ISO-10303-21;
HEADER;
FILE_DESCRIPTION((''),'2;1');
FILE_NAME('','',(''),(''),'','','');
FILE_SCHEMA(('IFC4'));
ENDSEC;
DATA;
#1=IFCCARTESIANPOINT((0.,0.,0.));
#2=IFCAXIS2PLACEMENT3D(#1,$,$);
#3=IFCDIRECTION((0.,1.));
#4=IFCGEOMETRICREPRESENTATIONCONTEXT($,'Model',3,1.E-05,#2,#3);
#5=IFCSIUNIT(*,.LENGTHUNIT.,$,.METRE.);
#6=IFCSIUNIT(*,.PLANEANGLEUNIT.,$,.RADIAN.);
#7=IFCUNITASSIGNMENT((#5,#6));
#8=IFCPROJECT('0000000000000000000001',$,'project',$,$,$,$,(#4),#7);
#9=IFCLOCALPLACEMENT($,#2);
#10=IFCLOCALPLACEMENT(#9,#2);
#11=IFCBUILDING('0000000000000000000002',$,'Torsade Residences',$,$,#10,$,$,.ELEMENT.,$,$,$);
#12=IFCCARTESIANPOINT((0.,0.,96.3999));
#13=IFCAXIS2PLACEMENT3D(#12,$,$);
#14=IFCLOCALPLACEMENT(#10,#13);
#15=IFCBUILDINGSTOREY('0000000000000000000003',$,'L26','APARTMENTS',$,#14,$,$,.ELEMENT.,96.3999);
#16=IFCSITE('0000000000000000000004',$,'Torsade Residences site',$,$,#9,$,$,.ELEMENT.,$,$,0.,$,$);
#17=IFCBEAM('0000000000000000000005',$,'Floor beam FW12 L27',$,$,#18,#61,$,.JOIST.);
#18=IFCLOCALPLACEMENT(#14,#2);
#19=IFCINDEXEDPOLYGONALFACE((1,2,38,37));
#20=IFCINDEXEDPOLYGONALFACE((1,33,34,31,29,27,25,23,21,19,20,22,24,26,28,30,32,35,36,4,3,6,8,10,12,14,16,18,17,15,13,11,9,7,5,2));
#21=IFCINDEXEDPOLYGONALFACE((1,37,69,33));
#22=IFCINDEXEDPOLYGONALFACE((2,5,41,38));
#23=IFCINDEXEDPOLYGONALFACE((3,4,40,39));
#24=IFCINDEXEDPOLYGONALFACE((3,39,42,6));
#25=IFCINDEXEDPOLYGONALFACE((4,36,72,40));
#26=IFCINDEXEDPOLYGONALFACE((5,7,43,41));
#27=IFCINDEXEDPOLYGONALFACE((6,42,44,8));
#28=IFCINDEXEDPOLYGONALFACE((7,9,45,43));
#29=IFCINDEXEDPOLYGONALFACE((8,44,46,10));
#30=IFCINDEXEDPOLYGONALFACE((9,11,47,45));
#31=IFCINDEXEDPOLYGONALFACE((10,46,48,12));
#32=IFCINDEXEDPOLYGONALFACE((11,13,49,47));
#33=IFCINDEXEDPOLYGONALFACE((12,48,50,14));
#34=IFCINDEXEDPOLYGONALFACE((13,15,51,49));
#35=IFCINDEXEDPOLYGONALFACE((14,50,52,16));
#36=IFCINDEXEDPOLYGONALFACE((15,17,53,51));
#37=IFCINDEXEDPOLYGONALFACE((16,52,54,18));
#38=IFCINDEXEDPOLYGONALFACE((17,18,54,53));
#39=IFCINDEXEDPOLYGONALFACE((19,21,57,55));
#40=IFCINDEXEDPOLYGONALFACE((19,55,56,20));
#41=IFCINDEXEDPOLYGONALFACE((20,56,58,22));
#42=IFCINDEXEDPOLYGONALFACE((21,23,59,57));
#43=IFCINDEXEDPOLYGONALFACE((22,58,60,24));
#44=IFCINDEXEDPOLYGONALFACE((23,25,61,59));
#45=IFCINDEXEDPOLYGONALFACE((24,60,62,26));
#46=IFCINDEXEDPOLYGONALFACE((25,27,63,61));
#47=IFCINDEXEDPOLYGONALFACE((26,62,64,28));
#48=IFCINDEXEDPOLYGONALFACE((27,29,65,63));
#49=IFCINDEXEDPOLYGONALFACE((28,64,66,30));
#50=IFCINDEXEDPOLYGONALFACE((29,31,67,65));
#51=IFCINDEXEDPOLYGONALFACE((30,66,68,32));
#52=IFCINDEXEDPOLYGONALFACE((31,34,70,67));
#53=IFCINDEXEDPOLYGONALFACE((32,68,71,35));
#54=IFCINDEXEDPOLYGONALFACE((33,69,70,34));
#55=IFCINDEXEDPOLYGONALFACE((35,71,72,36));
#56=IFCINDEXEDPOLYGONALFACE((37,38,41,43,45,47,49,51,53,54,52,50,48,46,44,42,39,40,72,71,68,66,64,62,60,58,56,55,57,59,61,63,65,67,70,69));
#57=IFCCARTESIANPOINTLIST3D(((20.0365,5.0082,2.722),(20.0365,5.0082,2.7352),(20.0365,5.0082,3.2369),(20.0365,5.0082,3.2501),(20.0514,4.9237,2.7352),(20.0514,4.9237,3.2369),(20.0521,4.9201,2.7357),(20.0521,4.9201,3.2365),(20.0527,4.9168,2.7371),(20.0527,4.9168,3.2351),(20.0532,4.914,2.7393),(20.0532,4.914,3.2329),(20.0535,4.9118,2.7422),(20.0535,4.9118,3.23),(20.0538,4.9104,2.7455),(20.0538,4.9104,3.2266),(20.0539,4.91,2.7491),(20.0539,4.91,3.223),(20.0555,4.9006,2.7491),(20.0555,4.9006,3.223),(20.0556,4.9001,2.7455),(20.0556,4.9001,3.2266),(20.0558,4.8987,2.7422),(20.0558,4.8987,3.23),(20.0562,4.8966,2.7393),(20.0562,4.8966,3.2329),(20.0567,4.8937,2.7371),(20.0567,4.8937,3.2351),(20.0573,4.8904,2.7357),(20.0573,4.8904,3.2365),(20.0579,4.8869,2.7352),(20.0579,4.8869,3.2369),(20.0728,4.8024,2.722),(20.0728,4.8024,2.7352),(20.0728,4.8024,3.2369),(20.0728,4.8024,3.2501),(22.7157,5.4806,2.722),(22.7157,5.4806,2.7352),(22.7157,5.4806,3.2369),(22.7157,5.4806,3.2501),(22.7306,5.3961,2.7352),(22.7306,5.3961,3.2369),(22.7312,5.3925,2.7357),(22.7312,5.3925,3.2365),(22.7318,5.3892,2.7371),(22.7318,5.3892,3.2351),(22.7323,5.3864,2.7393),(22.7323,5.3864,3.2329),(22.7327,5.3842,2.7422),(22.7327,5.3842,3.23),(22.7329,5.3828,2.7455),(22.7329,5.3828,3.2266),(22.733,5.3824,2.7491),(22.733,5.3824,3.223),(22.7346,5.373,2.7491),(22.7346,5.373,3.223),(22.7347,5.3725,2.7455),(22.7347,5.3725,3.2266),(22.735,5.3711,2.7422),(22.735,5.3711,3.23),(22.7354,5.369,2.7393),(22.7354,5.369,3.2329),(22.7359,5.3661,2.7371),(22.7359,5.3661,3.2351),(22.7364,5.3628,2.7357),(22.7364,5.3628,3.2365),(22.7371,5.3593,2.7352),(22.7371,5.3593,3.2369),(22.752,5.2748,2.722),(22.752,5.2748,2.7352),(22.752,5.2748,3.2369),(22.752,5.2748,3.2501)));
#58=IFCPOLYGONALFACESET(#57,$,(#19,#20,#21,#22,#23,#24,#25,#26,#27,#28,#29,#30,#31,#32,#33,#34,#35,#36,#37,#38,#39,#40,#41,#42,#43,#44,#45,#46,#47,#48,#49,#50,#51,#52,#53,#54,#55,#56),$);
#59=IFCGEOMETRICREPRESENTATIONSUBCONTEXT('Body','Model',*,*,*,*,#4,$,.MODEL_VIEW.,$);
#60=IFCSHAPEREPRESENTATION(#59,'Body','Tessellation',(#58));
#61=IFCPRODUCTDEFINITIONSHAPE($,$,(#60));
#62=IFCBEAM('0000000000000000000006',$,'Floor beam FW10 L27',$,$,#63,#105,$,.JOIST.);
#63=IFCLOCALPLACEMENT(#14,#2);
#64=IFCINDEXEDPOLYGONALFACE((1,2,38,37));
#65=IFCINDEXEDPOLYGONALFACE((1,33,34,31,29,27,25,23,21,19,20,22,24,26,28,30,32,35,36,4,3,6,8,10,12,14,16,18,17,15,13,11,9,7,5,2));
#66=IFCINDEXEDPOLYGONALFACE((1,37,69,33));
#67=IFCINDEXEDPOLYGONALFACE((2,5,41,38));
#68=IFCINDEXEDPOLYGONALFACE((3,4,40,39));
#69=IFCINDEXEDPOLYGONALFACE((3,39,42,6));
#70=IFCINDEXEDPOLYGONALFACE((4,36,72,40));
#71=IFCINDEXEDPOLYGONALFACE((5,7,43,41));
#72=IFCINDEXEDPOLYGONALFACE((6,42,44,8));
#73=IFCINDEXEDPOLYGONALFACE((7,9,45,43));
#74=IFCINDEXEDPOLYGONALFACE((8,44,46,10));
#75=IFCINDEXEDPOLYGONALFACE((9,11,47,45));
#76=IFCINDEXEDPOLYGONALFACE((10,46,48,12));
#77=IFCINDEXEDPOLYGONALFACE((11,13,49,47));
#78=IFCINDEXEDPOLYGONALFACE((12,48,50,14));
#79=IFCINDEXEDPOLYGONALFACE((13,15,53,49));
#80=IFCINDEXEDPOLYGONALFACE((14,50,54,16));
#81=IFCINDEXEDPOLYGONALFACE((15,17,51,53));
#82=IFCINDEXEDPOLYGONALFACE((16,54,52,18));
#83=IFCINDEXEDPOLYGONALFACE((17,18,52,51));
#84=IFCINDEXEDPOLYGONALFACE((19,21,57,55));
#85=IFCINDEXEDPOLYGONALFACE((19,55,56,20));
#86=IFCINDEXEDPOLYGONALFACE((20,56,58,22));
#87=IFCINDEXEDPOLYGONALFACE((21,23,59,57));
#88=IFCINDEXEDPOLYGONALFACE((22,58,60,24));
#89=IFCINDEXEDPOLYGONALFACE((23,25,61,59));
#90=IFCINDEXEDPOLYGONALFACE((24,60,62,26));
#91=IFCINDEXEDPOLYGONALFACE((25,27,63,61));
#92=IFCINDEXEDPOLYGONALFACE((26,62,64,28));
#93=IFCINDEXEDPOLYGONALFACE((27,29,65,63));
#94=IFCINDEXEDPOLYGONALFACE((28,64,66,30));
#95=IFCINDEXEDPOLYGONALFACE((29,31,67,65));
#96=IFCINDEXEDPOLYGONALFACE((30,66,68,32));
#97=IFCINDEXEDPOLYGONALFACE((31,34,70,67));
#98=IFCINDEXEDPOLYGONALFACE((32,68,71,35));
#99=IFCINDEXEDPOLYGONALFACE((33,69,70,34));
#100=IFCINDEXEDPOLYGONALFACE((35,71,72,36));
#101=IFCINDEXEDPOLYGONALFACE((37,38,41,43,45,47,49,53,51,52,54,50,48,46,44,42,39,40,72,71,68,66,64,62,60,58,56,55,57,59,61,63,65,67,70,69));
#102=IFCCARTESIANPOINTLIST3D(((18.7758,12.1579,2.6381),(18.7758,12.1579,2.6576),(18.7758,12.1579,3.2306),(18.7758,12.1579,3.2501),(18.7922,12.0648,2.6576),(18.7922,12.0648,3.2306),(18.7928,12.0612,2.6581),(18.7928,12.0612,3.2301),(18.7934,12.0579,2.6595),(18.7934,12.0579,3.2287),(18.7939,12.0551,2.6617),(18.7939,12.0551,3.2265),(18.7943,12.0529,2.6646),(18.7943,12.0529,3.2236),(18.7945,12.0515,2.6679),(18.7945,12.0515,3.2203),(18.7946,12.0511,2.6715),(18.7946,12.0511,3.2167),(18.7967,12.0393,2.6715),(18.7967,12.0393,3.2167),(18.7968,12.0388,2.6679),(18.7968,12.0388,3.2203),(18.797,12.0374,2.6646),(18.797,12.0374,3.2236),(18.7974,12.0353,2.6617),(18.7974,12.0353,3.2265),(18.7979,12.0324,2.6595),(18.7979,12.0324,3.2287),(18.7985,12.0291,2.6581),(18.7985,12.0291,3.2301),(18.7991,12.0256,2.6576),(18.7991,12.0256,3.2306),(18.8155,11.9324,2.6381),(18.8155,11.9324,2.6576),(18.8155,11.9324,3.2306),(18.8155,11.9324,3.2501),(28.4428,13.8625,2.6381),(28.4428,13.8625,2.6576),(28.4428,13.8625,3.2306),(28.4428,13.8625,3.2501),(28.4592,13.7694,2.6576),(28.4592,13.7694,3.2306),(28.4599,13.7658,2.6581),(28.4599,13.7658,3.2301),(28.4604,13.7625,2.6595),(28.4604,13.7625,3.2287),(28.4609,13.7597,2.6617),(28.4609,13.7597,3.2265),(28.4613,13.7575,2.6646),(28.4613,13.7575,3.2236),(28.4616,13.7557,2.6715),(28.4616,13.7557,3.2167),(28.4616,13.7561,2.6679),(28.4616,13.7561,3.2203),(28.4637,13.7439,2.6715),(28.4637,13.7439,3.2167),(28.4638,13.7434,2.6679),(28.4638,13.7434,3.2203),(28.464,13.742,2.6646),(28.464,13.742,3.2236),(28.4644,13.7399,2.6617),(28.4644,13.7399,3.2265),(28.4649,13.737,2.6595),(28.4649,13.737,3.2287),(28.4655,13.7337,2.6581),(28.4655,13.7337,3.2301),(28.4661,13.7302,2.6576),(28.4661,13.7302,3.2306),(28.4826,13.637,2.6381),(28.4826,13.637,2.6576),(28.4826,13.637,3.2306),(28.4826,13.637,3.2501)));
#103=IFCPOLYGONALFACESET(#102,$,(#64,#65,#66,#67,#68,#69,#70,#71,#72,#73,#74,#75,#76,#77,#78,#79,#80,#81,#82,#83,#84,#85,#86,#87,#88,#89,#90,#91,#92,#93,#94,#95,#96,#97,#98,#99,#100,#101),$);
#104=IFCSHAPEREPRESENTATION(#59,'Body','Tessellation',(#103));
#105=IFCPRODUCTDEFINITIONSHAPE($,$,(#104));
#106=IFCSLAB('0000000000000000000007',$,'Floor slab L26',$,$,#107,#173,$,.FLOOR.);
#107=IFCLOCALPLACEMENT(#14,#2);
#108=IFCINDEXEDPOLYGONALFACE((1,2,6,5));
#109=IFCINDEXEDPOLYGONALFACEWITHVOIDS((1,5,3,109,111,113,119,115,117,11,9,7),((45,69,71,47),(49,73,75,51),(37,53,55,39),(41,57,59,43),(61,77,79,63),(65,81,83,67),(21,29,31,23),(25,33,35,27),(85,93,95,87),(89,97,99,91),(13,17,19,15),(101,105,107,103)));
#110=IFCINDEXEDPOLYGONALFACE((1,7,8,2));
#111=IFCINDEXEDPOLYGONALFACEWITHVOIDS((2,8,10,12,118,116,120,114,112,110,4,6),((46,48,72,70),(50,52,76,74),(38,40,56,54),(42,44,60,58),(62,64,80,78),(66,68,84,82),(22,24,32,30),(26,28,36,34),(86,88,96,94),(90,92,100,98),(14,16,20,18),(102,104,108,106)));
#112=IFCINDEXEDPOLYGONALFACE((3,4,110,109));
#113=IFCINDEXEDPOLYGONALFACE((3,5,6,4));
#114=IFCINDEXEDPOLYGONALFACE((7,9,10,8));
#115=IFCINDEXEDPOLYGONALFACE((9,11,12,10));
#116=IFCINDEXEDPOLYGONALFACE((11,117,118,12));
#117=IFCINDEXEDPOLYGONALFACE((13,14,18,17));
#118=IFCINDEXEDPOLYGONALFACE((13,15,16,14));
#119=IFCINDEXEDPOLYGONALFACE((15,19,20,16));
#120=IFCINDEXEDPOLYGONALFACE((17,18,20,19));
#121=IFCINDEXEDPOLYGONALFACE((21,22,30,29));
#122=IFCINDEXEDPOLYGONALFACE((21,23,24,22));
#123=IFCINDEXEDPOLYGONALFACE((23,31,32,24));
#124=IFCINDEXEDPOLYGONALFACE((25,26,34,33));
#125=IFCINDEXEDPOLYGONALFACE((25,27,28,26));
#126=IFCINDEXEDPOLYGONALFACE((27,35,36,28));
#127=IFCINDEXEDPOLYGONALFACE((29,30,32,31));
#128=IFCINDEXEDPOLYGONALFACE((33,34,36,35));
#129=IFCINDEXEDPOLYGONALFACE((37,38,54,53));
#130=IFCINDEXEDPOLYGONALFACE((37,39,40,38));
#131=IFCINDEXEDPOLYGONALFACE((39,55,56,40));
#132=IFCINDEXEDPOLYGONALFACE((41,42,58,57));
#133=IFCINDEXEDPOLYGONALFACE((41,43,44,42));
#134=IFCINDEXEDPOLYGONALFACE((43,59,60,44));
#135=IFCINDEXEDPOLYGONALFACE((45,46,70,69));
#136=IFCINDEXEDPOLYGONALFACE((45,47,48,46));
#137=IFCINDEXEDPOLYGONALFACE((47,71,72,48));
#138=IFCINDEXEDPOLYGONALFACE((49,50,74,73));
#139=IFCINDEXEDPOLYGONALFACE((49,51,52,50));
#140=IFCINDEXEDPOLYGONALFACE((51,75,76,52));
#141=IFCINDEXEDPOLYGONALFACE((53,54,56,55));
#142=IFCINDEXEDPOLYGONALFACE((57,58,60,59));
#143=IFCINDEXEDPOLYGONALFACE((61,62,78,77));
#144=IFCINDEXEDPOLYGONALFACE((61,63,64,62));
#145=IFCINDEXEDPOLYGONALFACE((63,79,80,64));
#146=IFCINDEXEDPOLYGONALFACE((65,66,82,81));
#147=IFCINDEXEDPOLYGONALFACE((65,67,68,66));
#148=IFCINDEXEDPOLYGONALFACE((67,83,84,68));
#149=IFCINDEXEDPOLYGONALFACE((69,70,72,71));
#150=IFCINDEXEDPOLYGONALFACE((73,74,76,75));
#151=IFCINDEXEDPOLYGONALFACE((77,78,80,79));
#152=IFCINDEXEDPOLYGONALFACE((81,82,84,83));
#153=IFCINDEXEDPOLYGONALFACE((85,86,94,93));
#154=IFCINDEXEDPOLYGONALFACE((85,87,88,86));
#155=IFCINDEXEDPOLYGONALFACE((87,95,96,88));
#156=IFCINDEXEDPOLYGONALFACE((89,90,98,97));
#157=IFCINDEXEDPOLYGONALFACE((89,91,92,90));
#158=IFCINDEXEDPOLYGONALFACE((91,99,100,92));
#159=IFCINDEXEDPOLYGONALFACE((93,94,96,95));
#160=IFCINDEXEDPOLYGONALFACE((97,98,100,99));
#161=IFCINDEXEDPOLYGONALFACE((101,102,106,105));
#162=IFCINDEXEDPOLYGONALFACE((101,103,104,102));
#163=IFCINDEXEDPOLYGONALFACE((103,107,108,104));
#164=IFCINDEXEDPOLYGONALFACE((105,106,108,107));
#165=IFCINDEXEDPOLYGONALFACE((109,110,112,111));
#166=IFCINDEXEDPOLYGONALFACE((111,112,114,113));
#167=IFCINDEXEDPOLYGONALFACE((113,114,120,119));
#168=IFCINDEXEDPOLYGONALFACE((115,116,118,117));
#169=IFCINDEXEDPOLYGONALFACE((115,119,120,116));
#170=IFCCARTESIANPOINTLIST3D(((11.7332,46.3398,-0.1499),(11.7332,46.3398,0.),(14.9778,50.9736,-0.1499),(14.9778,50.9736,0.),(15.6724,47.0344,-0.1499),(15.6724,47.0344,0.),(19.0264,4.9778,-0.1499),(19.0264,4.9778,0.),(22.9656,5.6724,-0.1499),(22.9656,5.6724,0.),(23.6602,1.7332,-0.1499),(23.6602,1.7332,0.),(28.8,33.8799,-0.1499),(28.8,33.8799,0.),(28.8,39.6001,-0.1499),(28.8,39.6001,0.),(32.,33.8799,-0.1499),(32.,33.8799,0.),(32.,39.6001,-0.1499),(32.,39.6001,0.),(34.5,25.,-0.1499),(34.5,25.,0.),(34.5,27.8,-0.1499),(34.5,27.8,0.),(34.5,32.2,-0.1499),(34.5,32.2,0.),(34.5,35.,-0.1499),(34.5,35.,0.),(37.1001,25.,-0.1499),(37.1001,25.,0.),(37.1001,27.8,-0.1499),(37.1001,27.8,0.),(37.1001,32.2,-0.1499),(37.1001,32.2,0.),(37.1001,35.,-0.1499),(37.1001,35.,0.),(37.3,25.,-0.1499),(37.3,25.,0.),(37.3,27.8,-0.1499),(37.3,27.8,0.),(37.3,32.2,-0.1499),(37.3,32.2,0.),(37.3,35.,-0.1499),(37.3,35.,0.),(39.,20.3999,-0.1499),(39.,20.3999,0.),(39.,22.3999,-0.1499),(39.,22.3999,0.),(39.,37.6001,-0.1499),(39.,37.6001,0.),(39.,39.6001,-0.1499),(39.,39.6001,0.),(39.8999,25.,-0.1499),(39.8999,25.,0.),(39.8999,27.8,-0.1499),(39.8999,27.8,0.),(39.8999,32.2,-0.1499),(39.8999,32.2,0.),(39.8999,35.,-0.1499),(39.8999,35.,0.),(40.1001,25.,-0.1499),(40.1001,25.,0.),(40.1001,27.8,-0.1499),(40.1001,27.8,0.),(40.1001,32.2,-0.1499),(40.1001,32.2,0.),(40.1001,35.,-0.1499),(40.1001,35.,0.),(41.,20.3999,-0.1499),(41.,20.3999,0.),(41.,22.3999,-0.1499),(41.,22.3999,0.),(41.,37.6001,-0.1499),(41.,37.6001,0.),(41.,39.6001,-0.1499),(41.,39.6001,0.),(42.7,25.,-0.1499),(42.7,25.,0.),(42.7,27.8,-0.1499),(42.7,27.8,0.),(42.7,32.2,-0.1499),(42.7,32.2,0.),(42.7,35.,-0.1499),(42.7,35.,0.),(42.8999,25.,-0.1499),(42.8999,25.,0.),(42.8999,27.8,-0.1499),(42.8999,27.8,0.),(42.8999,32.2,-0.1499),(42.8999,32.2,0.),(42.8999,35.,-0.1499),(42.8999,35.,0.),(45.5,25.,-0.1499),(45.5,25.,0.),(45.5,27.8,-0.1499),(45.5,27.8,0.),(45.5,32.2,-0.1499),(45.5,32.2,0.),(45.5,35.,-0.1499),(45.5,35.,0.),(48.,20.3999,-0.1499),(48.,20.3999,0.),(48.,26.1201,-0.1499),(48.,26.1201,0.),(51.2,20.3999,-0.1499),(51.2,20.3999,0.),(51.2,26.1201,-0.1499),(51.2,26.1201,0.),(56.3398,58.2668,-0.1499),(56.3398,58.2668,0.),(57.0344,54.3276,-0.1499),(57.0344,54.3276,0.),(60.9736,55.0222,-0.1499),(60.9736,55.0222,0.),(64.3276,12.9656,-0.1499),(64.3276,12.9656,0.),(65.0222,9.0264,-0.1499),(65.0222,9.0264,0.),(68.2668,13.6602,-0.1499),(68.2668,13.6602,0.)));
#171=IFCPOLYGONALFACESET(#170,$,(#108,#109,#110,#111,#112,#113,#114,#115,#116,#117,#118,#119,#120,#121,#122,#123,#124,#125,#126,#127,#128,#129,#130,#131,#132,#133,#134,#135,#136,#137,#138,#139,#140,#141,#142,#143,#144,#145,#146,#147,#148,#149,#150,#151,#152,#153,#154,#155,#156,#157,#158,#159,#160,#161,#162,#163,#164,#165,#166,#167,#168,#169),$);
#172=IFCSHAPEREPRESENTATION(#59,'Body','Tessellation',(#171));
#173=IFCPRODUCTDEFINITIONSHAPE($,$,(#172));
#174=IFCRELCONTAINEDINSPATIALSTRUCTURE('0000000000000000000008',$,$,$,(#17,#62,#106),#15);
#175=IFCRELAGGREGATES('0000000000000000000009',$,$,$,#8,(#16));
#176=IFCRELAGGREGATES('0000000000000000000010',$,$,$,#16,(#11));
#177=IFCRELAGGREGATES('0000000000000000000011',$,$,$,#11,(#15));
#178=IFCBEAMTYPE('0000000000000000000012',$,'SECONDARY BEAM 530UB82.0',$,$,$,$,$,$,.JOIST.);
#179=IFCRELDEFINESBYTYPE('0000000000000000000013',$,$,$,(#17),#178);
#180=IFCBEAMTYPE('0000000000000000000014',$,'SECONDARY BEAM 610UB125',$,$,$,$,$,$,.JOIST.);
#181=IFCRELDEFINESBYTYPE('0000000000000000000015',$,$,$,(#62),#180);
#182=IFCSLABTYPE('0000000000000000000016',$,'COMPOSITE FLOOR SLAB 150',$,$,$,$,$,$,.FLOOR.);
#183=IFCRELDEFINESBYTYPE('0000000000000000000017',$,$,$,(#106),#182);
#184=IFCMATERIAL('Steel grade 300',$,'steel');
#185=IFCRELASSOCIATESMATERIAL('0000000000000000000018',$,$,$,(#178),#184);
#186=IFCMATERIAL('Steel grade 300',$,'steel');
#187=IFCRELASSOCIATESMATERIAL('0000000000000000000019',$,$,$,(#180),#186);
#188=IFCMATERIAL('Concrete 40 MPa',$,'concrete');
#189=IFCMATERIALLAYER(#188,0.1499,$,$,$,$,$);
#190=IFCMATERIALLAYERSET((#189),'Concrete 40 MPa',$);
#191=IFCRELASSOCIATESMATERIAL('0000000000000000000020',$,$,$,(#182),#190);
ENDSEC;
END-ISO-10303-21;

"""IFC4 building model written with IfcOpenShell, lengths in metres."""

from ifc_helpers import new_model, si_unit, direction, frame, origin, origin_2d, place, context, subcontext, project, spatial, polyline, i_section, outline, extrude, material, layer, layer_set, material_profile, profile_set, type_object, element, save


model = new_model("IFC4")

# Units and contexts
model_context = context("Model", 3, precision=1e-05, world=origin(), true_north=direction((0.0, 1.0)))
body_context = subcontext(model_context, "Body", "Model", "MODEL_VIEW")
ifc_project = project(units=[si_unit("LENGTHUNIT", "METRE"), si_unit("PLANEANGLEUNIT", "RADIAN")], contexts=[model_context])

# Site, building, storey
site_placement = place(None, origin())
site = spatial("IfcSite", under=ifc_project, at=site_placement, Name="Torsade Residences site", CompositionType="ELEMENT", RefElevation=0.0)
building_placement = place(site_placement, origin())
building = spatial("IfcBuilding", under=site, at=building_placement, Name="Torsade Residences", CompositionType="ELEMENT")
storey_placement = place(building_placement, frame((0.0, 0.0, 96.3999)))
storey = spatial("IfcBuildingStorey", under=building, at=storey_placement, Name="L26", Description="APARTMENTS", CompositionType="ELEMENT", Elevation=96.3999)

# Beams
ifc_material_1 = material(Name="Steel grade 300", Category="steel")
ifc_material_profile_1 = material_profile(ifc_material_1, i_section(OverallWidth=0.209, OverallDepth=0.5281, WebThickness=0.0095, FlangeThickness=0.0132, FilletRadius=0.0139, at=origin_2d()), Name="530UB82.0")
ifc_profile_set_1 = profile_set([ifc_material_profile_1], Name="Steel grade 300")
beam_type_1 = type_object("IfcBeamType", Name="SECONDARY BEAM 530UB82.0", PredefinedType="JOIST", material=ifc_profile_set_1)
beam_1_placement = place(storey_placement, frame((20.0547, 4.9053, 2.9861), z_axis=(0.984808, 0.173647, 0.0), x_axis=(-0.173647, 0.984808, 0.0)))
element("IfcBeam", 1, at=beam_1_placement, inside=storey, type_object=beam_type_1, Name="Floor beam FW12 L27", PredefinedType="JOIST", context=body_context, shape_type="SweptSolid", body=[
    extrude(i_section(OverallWidth=0.209, OverallDepth=0.5281, WebThickness=0.0095, FlangeThickness=0.0132, FilletRadius=0.0139, at=origin_2d()), origin(), (0.0, 0.0, 1.0), 2.7205),
])
ifc_material_2 = material(Name="Steel grade 300", Category="steel")
ifc_material_profile_2 = material_profile(ifc_material_2, i_section(OverallWidth=0.229, OverallDepth=0.6121, WebThickness=0.012, FlangeThickness=0.0195, FilletRadius=0.0139, at=origin_2d()), Name="610UB125")
ifc_profile_set_2 = profile_set([ifc_material_profile_2], Name="Steel grade 300")
beam_type_2 = type_object("IfcBeamType", Name="SECONDARY BEAM 610UB125", PredefinedType="JOIST", material=ifc_profile_set_2)
beam_2_placement = place(storey_placement, frame((18.7957, 12.0452, 2.9441), z_axis=(0.984807, 0.173652, 0.0), x_axis=(-0.173652, 0.984807, 0.0)))
element("IfcBeam", 2, at=beam_2_placement, inside=storey, type_object=beam_type_2, Name="Floor beam FW10 L27", PredefinedType="JOIST", context=body_context, shape_type="SweptSolid", body=[
    extrude(i_section(OverallWidth=0.229, OverallDepth=0.6121, WebThickness=0.012, FlangeThickness=0.0195, FilletRadius=0.0139, at=origin_2d()), origin(), (0.0, 0.0, 1.0), 9.8162),
])

# Slab
ifc_material_3 = material(Name="Concrete 40 MPa", Category="concrete")
ifc_layer_1 = layer(ifc_material_3, 0.1499)
ifc_layer_set_1 = layer_set([ifc_layer_1], Name="Concrete 40 MPa")
slab_type_1 = type_object("IfcSlabType", Name="COMPOSITE FLOOR SLAB 150", PredefinedType="FLOOR", material=ifc_layer_set_1)
slab_1_placement = place(storey_placement, frame((0.0, 0.0, -0.1499)))
element("IfcSlab", 3, at=slab_1_placement, inside=storey, type_object=slab_type_1, Name="Floor slab L26", PredefinedType="FLOOR", context=body_context, shape_type="SweptSolid", body=[
    extrude(outline(polyline([(23.6602, 1.7332), (65.0222, 9.0264), (64.3276, 12.9656), (68.2668, 13.6602), (60.9736, 55.0222), (57.0344, 54.3276), (56.3398, 58.2668), (14.9778, 50.9736), (15.6724, 47.0344), (11.7332, 46.3398), (19.0264, 4.9778), (22.9656, 5.6724), (23.6602, 1.7332)]), holes=[polyline([(51.2, 20.3999), (51.2, 26.1201), (48.0, 26.1201), (48.0, 20.3999), (51.2, 20.3999)]), polyline([(45.5, 27.8), (42.8999, 27.8), (42.8999, 25.0), (45.5, 25.0), (45.5, 27.8)]), polyline([(45.5, 32.2), (45.5, 35.0), (42.8999, 35.0), (42.8999, 32.2), (45.5, 32.2)]), polyline([(42.7, 25.0), (42.7, 27.8), (40.1001, 27.8), (40.1001, 25.0), (42.7, 25.0)]), polyline([(42.7, 32.2), (42.7, 35.0), (40.1001, 35.0), (40.1001, 32.2), (42.7, 32.2)]), polyline([(41.0, 22.3999), (39.0, 22.3999), (39.0, 20.3999), (41.0, 20.3999), (41.0, 22.3999)]), polyline([(41.0, 37.6001), (41.0, 39.6001), (39.0, 39.6001), (39.0, 37.6001), (41.0, 37.6001)]), polyline([(39.8999, 25.0), (39.8999, 27.8), (37.3, 27.8), (37.3, 25.0), (39.8999, 25.0)]), polyline([(39.8999, 35.0), (37.3, 35.0), (37.3, 32.2), (39.8999, 32.2), (39.8999, 35.0)]), polyline([(37.1001, 27.8), (34.5, 27.8), (34.5, 25.0), (37.1001, 25.0), (37.1001, 27.8)]), polyline([(37.1001, 32.2), (37.1001, 35.0), (34.5, 35.0), (34.5, 32.2), (37.1001, 32.2)]), polyline([(32.0, 33.8799), (32.0, 39.6001), (28.8, 39.6001), (28.8, 33.8799), (32.0, 33.8799)])]), origin(), (0.0, 0.0, 1.0), 0.1499),
])

save(model, "model.ifc")
